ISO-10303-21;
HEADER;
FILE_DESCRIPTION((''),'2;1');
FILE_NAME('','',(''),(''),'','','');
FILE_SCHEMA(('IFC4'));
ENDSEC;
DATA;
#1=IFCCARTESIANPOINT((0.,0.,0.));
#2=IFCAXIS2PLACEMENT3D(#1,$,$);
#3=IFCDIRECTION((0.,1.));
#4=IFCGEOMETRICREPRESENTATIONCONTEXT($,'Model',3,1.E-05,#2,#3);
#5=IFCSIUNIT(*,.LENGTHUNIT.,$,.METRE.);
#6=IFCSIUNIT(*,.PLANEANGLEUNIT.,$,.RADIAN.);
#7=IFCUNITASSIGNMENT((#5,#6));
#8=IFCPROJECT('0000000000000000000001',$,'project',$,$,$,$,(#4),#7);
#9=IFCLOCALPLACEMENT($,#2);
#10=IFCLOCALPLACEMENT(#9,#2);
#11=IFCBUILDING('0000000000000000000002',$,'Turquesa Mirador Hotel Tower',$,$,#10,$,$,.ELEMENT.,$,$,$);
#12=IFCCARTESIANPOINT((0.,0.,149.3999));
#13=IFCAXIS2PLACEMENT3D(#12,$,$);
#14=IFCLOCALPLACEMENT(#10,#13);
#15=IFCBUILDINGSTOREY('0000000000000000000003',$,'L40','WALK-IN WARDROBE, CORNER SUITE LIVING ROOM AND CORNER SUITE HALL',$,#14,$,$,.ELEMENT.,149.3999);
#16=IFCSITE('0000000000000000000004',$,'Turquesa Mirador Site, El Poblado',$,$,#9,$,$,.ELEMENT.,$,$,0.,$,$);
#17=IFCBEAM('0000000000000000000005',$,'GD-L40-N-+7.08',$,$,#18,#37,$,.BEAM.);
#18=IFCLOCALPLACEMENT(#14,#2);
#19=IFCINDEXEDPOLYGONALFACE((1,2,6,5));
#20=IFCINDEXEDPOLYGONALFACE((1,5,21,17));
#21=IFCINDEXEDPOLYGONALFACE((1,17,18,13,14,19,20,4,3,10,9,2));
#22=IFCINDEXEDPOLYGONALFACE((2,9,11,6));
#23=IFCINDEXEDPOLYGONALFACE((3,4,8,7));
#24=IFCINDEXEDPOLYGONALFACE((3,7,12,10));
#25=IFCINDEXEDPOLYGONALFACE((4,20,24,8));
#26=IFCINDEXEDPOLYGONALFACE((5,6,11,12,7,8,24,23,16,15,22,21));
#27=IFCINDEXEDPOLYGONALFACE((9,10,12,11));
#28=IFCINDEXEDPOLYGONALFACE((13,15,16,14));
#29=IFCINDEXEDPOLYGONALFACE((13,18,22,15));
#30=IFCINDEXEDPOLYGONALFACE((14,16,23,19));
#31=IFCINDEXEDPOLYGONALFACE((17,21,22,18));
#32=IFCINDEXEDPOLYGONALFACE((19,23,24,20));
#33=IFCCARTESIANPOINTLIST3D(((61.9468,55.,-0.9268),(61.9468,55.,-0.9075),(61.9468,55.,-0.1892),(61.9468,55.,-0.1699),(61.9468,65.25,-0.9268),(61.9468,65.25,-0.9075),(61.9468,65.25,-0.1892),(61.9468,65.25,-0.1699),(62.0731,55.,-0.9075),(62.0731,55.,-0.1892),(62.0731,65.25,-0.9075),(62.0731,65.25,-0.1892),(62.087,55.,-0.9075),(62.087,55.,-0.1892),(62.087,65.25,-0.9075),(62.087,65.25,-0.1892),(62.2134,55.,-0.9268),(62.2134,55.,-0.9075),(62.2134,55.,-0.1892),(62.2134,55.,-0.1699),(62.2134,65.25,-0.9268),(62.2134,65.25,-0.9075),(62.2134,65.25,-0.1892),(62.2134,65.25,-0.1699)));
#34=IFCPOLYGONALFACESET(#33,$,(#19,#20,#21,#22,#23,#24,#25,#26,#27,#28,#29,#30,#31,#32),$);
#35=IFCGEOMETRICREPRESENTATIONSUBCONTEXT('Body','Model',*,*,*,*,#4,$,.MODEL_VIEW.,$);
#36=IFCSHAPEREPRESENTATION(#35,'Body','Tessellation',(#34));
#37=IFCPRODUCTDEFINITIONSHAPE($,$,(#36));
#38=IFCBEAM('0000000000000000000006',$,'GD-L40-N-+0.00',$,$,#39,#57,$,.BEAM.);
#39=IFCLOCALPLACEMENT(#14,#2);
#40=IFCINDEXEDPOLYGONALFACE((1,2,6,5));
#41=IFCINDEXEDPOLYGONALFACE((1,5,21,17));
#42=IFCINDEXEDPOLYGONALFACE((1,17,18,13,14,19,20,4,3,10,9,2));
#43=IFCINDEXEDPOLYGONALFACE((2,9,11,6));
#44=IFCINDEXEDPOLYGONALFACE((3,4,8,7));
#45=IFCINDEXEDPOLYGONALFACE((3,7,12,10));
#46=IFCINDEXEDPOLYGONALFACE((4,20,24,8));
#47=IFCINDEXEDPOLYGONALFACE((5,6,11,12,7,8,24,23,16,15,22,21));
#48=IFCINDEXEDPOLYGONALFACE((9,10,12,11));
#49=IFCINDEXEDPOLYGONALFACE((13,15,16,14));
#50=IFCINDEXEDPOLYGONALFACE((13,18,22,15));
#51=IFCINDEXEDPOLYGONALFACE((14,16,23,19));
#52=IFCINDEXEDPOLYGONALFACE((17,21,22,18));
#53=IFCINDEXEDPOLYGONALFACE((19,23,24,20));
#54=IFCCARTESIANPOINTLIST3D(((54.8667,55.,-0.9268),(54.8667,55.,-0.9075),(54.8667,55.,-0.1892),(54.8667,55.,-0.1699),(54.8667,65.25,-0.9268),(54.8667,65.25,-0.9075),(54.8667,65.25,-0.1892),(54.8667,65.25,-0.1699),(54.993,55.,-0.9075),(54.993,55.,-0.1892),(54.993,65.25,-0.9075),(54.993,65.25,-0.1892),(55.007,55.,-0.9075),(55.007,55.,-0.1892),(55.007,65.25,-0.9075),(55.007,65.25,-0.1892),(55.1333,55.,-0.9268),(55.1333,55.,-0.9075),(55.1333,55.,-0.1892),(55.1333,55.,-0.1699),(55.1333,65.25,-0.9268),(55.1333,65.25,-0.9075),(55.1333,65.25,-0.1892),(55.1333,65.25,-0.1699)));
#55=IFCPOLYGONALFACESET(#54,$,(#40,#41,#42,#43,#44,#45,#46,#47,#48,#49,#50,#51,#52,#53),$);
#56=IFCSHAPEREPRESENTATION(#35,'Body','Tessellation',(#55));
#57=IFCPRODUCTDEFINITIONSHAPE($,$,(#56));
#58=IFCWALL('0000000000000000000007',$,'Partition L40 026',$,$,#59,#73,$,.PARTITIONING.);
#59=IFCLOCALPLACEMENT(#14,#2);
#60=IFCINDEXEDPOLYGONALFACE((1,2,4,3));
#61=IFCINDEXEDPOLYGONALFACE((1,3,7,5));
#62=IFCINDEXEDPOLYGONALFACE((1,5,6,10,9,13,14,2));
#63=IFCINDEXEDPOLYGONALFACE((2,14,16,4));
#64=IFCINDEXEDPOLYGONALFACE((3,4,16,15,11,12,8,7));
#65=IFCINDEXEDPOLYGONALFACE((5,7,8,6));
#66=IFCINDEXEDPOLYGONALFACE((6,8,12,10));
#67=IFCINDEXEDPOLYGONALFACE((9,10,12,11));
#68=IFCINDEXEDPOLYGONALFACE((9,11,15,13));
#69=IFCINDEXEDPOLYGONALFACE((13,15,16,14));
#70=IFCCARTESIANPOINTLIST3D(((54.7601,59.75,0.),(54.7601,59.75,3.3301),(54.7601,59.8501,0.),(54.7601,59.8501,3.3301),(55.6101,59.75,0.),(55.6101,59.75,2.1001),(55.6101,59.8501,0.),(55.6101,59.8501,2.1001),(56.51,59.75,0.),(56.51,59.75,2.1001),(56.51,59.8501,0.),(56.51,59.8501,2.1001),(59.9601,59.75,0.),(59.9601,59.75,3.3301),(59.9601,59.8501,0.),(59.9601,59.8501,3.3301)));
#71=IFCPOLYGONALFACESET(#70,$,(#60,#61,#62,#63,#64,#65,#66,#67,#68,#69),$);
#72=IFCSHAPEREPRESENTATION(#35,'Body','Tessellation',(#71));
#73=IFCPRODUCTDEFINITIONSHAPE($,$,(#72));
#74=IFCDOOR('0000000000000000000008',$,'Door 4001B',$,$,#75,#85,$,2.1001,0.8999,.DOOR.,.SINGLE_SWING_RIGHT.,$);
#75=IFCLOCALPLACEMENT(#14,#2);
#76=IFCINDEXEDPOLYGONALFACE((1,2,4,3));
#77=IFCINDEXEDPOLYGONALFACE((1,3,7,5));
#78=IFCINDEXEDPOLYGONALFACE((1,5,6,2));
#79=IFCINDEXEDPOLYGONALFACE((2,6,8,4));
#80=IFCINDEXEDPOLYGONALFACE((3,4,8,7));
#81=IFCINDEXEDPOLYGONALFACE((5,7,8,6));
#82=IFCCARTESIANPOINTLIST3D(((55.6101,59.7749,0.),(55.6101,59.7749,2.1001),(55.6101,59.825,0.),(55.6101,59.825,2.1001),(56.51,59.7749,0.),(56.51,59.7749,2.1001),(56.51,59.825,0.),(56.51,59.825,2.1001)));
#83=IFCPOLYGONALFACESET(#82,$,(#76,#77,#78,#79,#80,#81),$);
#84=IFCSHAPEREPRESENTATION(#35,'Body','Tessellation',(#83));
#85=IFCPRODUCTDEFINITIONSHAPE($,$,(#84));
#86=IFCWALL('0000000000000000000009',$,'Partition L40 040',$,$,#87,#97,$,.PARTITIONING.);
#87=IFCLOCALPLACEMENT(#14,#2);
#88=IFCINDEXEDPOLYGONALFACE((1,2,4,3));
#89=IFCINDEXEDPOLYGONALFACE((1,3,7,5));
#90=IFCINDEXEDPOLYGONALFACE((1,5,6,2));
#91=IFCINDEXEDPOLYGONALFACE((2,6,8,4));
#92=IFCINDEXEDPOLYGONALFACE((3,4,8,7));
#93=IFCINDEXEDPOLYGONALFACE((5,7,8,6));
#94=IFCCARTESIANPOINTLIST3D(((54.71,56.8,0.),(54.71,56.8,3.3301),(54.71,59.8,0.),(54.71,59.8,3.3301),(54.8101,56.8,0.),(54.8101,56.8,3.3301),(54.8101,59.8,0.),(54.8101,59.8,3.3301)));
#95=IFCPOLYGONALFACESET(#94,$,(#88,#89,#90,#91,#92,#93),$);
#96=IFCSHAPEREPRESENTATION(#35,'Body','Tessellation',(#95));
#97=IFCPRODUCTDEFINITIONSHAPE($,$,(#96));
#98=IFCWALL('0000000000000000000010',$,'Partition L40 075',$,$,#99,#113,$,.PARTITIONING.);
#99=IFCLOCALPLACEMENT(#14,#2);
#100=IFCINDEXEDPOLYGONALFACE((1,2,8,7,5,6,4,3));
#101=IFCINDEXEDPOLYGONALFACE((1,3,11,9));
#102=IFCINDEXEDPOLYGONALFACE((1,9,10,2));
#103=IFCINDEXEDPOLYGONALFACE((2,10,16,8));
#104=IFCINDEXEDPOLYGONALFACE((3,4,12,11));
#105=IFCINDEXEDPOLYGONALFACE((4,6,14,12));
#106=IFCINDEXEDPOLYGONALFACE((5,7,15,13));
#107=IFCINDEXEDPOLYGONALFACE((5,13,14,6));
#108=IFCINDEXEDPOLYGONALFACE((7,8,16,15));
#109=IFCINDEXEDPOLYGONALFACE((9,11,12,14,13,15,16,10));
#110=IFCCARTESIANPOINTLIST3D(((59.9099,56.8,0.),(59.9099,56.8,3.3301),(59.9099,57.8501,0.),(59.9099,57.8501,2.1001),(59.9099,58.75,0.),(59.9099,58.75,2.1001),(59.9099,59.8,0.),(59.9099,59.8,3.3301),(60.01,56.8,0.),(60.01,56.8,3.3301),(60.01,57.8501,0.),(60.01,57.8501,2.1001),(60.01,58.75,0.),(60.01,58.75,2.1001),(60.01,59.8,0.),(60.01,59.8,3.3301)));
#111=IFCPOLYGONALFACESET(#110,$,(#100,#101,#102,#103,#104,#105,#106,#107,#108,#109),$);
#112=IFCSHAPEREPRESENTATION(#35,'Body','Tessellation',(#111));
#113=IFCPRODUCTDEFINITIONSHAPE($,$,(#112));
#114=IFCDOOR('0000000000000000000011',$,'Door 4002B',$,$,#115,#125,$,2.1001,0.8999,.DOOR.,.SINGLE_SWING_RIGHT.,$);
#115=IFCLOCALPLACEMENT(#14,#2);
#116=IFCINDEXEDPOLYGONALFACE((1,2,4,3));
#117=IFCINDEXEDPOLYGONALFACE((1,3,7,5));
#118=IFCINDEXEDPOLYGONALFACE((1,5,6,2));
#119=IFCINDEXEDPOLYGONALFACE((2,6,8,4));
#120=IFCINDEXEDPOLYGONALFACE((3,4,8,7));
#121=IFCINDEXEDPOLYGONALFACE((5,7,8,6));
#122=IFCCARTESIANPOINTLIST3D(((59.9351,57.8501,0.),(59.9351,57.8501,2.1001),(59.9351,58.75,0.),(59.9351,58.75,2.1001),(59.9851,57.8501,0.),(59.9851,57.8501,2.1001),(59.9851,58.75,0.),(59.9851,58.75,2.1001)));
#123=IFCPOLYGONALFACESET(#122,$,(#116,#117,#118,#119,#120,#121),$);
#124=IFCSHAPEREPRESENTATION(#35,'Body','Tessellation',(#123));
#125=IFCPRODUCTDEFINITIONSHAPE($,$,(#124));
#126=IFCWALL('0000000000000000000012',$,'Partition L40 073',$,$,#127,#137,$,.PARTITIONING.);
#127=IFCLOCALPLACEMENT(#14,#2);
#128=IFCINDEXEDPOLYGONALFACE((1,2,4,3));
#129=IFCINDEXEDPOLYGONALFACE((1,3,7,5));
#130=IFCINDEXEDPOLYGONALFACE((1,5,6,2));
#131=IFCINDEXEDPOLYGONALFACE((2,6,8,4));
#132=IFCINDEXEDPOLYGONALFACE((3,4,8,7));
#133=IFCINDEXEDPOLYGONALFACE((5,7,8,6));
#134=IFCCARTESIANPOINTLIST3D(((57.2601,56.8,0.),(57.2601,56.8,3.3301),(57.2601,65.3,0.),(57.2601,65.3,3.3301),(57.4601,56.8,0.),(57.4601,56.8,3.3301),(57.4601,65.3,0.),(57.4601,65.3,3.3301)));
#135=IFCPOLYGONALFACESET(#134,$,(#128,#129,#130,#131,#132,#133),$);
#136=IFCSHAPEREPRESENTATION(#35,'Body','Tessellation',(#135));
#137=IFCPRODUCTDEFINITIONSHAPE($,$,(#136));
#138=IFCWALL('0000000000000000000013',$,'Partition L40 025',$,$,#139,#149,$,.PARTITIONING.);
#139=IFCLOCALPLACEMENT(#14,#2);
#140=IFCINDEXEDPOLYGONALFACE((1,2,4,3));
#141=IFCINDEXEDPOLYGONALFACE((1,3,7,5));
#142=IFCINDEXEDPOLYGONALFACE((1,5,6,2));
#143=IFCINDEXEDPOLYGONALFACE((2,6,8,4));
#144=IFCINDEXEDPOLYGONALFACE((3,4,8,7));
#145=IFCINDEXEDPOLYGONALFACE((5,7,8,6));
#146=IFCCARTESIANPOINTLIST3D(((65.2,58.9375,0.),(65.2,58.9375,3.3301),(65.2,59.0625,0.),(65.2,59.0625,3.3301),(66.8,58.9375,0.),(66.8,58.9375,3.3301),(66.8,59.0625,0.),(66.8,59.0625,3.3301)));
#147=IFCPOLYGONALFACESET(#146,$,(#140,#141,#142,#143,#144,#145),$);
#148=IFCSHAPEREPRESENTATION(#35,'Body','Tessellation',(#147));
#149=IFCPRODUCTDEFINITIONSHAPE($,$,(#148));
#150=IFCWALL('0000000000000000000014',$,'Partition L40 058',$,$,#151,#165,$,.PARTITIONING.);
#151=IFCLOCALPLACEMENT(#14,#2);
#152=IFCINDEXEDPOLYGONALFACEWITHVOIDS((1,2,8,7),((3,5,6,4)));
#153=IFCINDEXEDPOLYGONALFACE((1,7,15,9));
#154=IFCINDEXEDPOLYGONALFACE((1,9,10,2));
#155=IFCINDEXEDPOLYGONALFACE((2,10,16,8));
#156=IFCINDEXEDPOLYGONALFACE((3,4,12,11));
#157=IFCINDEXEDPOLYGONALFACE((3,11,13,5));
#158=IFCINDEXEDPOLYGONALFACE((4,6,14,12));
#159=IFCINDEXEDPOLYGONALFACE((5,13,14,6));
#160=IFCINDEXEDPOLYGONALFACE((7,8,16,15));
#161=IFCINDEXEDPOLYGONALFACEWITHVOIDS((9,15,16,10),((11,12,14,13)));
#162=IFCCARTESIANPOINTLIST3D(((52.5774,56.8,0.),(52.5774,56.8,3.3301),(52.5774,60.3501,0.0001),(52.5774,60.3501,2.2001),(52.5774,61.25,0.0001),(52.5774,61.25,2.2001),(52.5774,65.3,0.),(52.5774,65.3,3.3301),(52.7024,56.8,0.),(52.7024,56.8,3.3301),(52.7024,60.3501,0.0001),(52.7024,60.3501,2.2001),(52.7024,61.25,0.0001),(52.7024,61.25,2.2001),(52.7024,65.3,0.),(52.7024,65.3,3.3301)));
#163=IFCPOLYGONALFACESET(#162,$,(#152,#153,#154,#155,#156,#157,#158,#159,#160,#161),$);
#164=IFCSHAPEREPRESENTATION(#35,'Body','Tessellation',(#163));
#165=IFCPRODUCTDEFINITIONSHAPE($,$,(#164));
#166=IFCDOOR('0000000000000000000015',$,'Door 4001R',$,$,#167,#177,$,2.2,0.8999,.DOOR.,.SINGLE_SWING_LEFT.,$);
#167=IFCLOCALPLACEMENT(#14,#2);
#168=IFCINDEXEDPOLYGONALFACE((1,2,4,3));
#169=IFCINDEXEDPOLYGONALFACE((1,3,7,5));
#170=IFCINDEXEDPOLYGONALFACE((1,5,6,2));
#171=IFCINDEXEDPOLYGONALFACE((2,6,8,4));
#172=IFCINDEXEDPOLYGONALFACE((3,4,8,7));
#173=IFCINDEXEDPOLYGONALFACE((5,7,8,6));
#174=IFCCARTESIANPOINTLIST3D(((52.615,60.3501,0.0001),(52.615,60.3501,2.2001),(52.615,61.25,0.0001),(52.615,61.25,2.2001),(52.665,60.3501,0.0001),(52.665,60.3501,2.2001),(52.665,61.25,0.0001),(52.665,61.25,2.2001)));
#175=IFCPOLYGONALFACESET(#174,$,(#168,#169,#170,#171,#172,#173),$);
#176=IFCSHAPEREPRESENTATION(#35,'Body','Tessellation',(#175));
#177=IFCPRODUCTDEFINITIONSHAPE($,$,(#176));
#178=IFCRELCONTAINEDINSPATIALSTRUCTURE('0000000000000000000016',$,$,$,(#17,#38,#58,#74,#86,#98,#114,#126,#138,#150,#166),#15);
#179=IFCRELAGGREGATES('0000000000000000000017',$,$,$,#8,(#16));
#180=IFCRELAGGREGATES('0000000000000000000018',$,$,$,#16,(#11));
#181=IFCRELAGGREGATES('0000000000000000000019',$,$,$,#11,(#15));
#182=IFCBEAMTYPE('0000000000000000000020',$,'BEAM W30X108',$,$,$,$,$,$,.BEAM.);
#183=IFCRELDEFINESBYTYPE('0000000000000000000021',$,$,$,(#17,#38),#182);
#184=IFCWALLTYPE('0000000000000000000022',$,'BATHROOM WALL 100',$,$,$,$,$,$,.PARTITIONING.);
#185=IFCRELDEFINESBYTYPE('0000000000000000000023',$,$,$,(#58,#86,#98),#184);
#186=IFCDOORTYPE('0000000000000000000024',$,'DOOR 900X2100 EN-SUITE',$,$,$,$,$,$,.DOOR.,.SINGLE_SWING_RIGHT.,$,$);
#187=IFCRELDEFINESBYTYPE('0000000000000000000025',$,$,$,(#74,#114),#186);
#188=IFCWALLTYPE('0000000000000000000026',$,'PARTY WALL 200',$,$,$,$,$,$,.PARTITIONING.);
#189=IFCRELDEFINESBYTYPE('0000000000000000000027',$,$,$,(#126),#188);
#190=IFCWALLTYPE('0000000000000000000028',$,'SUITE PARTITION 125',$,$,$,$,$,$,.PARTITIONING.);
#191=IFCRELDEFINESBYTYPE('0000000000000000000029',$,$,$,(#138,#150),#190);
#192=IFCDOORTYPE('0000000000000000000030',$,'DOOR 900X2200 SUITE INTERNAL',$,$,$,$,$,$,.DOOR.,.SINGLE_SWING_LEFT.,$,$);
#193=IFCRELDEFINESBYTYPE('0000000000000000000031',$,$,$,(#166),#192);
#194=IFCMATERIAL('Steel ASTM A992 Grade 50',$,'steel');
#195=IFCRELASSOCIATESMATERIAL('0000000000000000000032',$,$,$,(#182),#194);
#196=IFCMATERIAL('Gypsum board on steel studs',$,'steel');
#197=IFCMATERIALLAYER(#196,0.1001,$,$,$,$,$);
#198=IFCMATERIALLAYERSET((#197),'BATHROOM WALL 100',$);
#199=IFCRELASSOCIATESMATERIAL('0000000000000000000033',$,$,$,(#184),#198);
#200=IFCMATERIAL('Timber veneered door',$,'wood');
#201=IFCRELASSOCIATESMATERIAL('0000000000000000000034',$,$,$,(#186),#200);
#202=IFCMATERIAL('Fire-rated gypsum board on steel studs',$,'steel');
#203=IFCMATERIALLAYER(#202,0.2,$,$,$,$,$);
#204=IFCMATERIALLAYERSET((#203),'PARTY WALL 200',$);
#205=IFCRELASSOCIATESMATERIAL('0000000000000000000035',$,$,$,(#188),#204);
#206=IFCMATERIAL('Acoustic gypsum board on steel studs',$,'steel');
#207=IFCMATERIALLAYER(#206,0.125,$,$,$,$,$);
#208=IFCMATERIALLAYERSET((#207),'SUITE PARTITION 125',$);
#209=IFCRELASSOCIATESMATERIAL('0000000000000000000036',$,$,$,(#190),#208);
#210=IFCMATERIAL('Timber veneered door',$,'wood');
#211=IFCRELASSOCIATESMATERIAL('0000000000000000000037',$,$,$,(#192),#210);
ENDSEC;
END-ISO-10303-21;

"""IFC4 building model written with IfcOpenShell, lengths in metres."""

from ifc_helpers import new_model, si_unit, direction, frame, frame_2d, origin, origin_2d, place, context, subcontext, project, spatial, rectangle, i_section, extrude, material, layer, layer_set, material_profile, profile_set, type_object, element, fill, save


model = new_model("IFC4")

# Units and contexts
model_context = context("Model", 3, precision=1e-05, world=origin(), true_north=direction((0.0, 1.0)))
body_context = subcontext(model_context, "Body", "Model", "MODEL_VIEW")
ifc_project = project(units=[si_unit("LENGTHUNIT", "METRE"), si_unit("PLANEANGLEUNIT", "RADIAN")], contexts=[model_context])

# Site, building, storey
site_placement = place(None, origin())
site = spatial("IfcSite", under=ifc_project, at=site_placement, Name="Turquesa Mirador Site, El Poblado", CompositionType="ELEMENT", RefElevation=0.0)
building_placement = place(site_placement, origin())
building = spatial("IfcBuilding", under=site, at=building_placement, Name="Turquesa Mirador Hotel Tower", CompositionType="ELEMENT")
storey_placement = place(building_placement, frame((0.0, 0.0, 149.3999)))
storey = spatial("IfcBuildingStorey", under=building, at=storey_placement, Name="L40", Description="WALK-IN WARDROBE, CORNER SUITE LIVING ROOM AND CORNER SUITE HALL", CompositionType="ELEMENT", Elevation=149.3999)

# Beams
ifc_material_1 = material(Name="Steel ASTM A992 Grade 50", Category="steel")
ifc_material_profile_1 = material_profile(ifc_material_1, i_section(OverallWidth=0.2666, OverallDepth=0.7568, WebThickness=0.0139, FlangeThickness=0.0193, at=origin_2d()), Name="W30X108")
ifc_profile_set_1 = profile_set([ifc_material_profile_1], Name="Steel ASTM A992 Grade 50")
beam_type_1 = type_object("IfcBeamType", Name="BEAM W30X108", PredefinedType="BEAM", material=ifc_profile_set_1)
for number, where, z_axis, x_axis, name in (
    (1, (62.0801, 65.25, -0.5483), (0.0, -1.0, 0.0), (1.0, 0.0, 0.0), "GD-L40-N-+7.08"),
    (2, (55.0, 65.25, -0.5483), (0.0, -1.0, 0.0), (1.0, 0.0, 0.0), "GD-L40-N-+0.00"),
):
    element("IfcBeam", number, at=place(storey_placement, frame(where, z_axis=z_axis, x_axis=x_axis)), inside=storey, type_object=beam_type_1, Name=name, PredefinedType="BEAM", context=body_context, shape_type="SweptSolid", body=[
        extrude(i_section(OverallWidth=0.2666, OverallDepth=0.7568, WebThickness=0.0139, FlangeThickness=0.0193, at=origin_2d()), origin(), (0.0, 0.0, 1.0), 10.25),
    ])

# Wall, opening, door
ifc_material_2 = material(Name="Gypsum board on steel studs", Category="steel")
ifc_layer_1 = layer(ifc_material_2, 0.1001)
ifc_layer_set_1 = layer_set([ifc_layer_1], Name="BATHROOM WALL 100")
wall_type_1 = type_object("IfcWallType", Name="BATHROOM WALL 100", PredefinedType="PARTITIONING", material=ifc_layer_set_1)
wall_1_placement = place(storey_placement, frame((54.76, 59.8, 0.0), z_axis=(0.0, 0.0, 1.0), x_axis=(1.0, 0.0, 0.0)))
wall_1 = element("IfcWall", 3, at=wall_1_placement, inside=storey, type_object=wall_type_1, Name="Partition L40 026", PredefinedType="PARTITIONING", context=body_context, shape_type="SweptSolid", body=[
    extrude(rectangle(XDim=5.2, YDim=0.1001, at=frame_2d((2.6001, 0.0))), origin(), (0.0, 0.0, 1.0), 3.3301),
])
opening_1_placement = place(wall_1_placement, frame((0.8501, 0.0, 0.0)))
opening_1 = element("IfcOpeningElement", 4, at=opening_1_placement, cuts=wall_1, PredefinedType="OPENING", context=body_context, shape_type="SweptSolid", body=[
    extrude(rectangle(XDim=0.8999, YDim=2.1001, at=frame_2d((0.45, 1.05))), frame((0.0, 0.0601, 0.0), z_axis=(0.0, -1.0, 0.0), x_axis=(1.0, 0.0, 0.0)), (0.0, 0.0, 1.0), 0.1201),
])
ifc_material_3 = material(Name="Timber veneered door", Category="wood")
door_type_1 = type_object("IfcDoorType", Name="DOOR 900X2100 EN-SUITE", OperationType="SINGLE_SWING_RIGHT", PredefinedType="DOOR", material=ifc_material_3)
door_1_placement = place(opening_1_placement, origin())
door_1 = element("IfcDoor", 5, at=door_1_placement, inside=storey, type_object=door_type_1, Name="Door 4001B", OperationType="SINGLE_SWING_RIGHT", OverallHeight=2.1001, OverallWidth=0.8999, PredefinedType="DOOR", context=body_context, shape_type="SweptSolid", body=[
    extrude(rectangle(XDim=0.8999, YDim=2.1001, at=frame_2d((0.45, 1.05))), frame((0.0, 0.0249, 0.0), z_axis=(0.0, -1.0, 0.0), x_axis=(1.0, 0.0, 0.0)), (0.0, 0.0, 1.0), 0.05),
])
fill(opening_1, door_1)

# Wall
wall_2_placement = place(storey_placement, frame((54.76, 56.8, 0.0), z_axis=(0.0, 0.0, 1.0), x_axis=(0.0, 1.0, 0.0)))
element("IfcWall", 6, at=wall_2_placement, inside=storey, type_object=wall_type_1, Name="Partition L40 040", PredefinedType="PARTITIONING", context=body_context, shape_type="SweptSolid", body=[
    extrude(rectangle(XDim=3.0, YDim=0.1001, at=frame_2d((1.5, 0.0))), origin(), (0.0, 0.0, 1.0), 3.3301),
])

# Wall, opening, door
wall_3_placement = place(storey_placement, frame((59.96, 56.8, 0.0), z_axis=(0.0, 0.0, 1.0), x_axis=(0.0, 1.0, 0.0)))
wall_3 = element("IfcWall", 7, at=wall_3_placement, inside=storey, type_object=wall_type_1, Name="Partition L40 075", PredefinedType="PARTITIONING", context=body_context, shape_type="SweptSolid", body=[
    extrude(rectangle(XDim=3.0, YDim=0.1001, at=frame_2d((1.5, 0.0))), origin(), (0.0, 0.0, 1.0), 3.3301),
])
opening_2_placement = place(wall_3_placement, frame((1.05, 0.0, 0.0)))
opening_2 = element("IfcOpeningElement", 8, at=opening_2_placement, cuts=wall_3, PredefinedType="OPENING", context=body_context, shape_type="SweptSolid", body=[
    extrude(rectangle(XDim=0.8999, YDim=2.1001, at=frame_2d((0.45, 1.05))), frame((0.0, 0.0601, 0.0), z_axis=(0.0, -1.0, 0.0), x_axis=(1.0, 0.0, 0.0)), (0.0, 0.0, 1.0), 0.1201),
])
door_2_placement = place(opening_2_placement, origin())
door_2 = element("IfcDoor", 9, at=door_2_placement, inside=storey, type_object=door_type_1, Name="Door 4002B", OperationType="SINGLE_SWING_RIGHT", OverallHeight=2.1001, OverallWidth=0.8999, PredefinedType="DOOR", context=body_context, shape_type="SweptSolid", body=[
    extrude(rectangle(XDim=0.8999, YDim=2.1001, at=frame_2d((0.45, 1.05))), frame((0.0, 0.0249, 0.0), z_axis=(0.0, -1.0, 0.0), x_axis=(1.0, 0.0, 0.0)), (0.0, 0.0, 1.0), 0.05),
])
fill(opening_2, door_2)

# Walls
ifc_material_4 = material(Name="Fire-rated gypsum board on steel studs", Category="steel")
ifc_layer_2 = layer(ifc_material_4, 0.2)
ifc_layer_set_2 = layer_set([ifc_layer_2], Name="PARTY WALL 200")
wall_type_2 = type_object("IfcWallType", Name="PARTY WALL 200", PredefinedType="PARTITIONING", material=ifc_layer_set_2)
wall_4_placement = place(storey_placement, frame((57.3601, 56.8, 0.0), z_axis=(0.0, 0.0, 1.0), x_axis=(0.0, 1.0, 0.0)))
element("IfcWall", 10, at=wall_4_placement, inside=storey, type_object=wall_type_2, Name="Partition L40 073", PredefinedType="PARTITIONING", context=body_context, shape_type="SweptSolid", body=[
    extrude(rectangle(XDim=8.5, YDim=0.2, at=frame_2d((4.25, 0.0))), origin(), (0.0, 0.0, 1.0), 3.3301),
])
ifc_material_5 = material(Name="Acoustic gypsum board on steel studs", Category="steel")
ifc_layer_3 = layer(ifc_material_5, 0.125)
ifc_layer_set_3 = layer_set([ifc_layer_3], Name="SUITE PARTITION 125")
wall_type_3 = type_object("IfcWallType", Name="SUITE PARTITION 125", PredefinedType="PARTITIONING", material=ifc_layer_set_3)
wall_5_placement = place(storey_placement, frame((65.2, 59.0, 0.0), z_axis=(0.0, 0.0, 1.0), x_axis=(1.0, 0.0, 0.0)))
element("IfcWall", 11, at=wall_5_placement, inside=storey, type_object=wall_type_3, Name="Partition L40 025", PredefinedType="PARTITIONING", context=body_context, shape_type="SweptSolid", body=[
    extrude(rectangle(XDim=1.6001, YDim=0.125, at=frame_2d((0.8, 0.0))), origin(), (0.0, 0.0, 1.0), 3.3301),
])

# Wall, opening, door
wall_6_placement = place(storey_placement, frame((52.6399, 56.8, 0.0), z_axis=(0.0, 0.0, 1.0), x_axis=(0.0, 1.0, 0.0)))
wall_6 = element("IfcWall", 12, at=wall_6_placement, inside=storey, type_object=wall_type_3, Name="Partition L40 058", PredefinedType="PARTITIONING", context=body_context, shape_type="SweptSolid", body=[
    extrude(rectangle(XDim=8.5, YDim=0.125, at=frame_2d((4.25, 0.0))), origin(), (0.0, 0.0, 1.0), 3.3301),
])
opening_3_placement = place(wall_6_placement, frame((3.55, 0.0, 0.0)))
opening_3 = element("IfcOpeningElement", 13, at=opening_3_placement, cuts=wall_6, PredefinedType="OPENING", context=body_context, shape_type="SweptSolid", body=[
    extrude(rectangle(XDim=0.8999, YDim=2.2, at=frame_2d((0.45, 1.1001))), frame((0.0, 0.0725, 0.0), z_axis=(0.0, -1.0, 0.0), x_axis=(1.0, 0.0, 0.0)), (0.0, 0.0, 1.0), 0.145),
])
ifc_material_6 = material(Name="Timber veneered door", Category="wood")
door_type_2 = type_object("IfcDoorType", Name="DOOR 900X2200 SUITE INTERNAL", OperationType="SINGLE_SWING_LEFT", PredefinedType="DOOR", material=ifc_material_6)
door_3_placement = place(opening_3_placement, origin())
door_3 = element("IfcDoor", 14, at=door_3_placement, inside=storey, type_object=door_type_2, Name="Door 4001R", OperationType="SINGLE_SWING_LEFT", OverallHeight=2.2, OverallWidth=0.8999, PredefinedType="DOOR", context=body_context, shape_type="SweptSolid", body=[
    extrude(rectangle(XDim=0.8999, YDim=2.2, at=frame_2d((0.45, 1.1001))), frame((0.0, 0.0249, 0.0), z_axis=(0.0, -1.0, 0.0), x_axis=(1.0, 0.0, 0.0)), (0.0, 0.0, 1.0), 0.05),
])
fill(opening_3, door_3)

save(model, "model.ifc")
